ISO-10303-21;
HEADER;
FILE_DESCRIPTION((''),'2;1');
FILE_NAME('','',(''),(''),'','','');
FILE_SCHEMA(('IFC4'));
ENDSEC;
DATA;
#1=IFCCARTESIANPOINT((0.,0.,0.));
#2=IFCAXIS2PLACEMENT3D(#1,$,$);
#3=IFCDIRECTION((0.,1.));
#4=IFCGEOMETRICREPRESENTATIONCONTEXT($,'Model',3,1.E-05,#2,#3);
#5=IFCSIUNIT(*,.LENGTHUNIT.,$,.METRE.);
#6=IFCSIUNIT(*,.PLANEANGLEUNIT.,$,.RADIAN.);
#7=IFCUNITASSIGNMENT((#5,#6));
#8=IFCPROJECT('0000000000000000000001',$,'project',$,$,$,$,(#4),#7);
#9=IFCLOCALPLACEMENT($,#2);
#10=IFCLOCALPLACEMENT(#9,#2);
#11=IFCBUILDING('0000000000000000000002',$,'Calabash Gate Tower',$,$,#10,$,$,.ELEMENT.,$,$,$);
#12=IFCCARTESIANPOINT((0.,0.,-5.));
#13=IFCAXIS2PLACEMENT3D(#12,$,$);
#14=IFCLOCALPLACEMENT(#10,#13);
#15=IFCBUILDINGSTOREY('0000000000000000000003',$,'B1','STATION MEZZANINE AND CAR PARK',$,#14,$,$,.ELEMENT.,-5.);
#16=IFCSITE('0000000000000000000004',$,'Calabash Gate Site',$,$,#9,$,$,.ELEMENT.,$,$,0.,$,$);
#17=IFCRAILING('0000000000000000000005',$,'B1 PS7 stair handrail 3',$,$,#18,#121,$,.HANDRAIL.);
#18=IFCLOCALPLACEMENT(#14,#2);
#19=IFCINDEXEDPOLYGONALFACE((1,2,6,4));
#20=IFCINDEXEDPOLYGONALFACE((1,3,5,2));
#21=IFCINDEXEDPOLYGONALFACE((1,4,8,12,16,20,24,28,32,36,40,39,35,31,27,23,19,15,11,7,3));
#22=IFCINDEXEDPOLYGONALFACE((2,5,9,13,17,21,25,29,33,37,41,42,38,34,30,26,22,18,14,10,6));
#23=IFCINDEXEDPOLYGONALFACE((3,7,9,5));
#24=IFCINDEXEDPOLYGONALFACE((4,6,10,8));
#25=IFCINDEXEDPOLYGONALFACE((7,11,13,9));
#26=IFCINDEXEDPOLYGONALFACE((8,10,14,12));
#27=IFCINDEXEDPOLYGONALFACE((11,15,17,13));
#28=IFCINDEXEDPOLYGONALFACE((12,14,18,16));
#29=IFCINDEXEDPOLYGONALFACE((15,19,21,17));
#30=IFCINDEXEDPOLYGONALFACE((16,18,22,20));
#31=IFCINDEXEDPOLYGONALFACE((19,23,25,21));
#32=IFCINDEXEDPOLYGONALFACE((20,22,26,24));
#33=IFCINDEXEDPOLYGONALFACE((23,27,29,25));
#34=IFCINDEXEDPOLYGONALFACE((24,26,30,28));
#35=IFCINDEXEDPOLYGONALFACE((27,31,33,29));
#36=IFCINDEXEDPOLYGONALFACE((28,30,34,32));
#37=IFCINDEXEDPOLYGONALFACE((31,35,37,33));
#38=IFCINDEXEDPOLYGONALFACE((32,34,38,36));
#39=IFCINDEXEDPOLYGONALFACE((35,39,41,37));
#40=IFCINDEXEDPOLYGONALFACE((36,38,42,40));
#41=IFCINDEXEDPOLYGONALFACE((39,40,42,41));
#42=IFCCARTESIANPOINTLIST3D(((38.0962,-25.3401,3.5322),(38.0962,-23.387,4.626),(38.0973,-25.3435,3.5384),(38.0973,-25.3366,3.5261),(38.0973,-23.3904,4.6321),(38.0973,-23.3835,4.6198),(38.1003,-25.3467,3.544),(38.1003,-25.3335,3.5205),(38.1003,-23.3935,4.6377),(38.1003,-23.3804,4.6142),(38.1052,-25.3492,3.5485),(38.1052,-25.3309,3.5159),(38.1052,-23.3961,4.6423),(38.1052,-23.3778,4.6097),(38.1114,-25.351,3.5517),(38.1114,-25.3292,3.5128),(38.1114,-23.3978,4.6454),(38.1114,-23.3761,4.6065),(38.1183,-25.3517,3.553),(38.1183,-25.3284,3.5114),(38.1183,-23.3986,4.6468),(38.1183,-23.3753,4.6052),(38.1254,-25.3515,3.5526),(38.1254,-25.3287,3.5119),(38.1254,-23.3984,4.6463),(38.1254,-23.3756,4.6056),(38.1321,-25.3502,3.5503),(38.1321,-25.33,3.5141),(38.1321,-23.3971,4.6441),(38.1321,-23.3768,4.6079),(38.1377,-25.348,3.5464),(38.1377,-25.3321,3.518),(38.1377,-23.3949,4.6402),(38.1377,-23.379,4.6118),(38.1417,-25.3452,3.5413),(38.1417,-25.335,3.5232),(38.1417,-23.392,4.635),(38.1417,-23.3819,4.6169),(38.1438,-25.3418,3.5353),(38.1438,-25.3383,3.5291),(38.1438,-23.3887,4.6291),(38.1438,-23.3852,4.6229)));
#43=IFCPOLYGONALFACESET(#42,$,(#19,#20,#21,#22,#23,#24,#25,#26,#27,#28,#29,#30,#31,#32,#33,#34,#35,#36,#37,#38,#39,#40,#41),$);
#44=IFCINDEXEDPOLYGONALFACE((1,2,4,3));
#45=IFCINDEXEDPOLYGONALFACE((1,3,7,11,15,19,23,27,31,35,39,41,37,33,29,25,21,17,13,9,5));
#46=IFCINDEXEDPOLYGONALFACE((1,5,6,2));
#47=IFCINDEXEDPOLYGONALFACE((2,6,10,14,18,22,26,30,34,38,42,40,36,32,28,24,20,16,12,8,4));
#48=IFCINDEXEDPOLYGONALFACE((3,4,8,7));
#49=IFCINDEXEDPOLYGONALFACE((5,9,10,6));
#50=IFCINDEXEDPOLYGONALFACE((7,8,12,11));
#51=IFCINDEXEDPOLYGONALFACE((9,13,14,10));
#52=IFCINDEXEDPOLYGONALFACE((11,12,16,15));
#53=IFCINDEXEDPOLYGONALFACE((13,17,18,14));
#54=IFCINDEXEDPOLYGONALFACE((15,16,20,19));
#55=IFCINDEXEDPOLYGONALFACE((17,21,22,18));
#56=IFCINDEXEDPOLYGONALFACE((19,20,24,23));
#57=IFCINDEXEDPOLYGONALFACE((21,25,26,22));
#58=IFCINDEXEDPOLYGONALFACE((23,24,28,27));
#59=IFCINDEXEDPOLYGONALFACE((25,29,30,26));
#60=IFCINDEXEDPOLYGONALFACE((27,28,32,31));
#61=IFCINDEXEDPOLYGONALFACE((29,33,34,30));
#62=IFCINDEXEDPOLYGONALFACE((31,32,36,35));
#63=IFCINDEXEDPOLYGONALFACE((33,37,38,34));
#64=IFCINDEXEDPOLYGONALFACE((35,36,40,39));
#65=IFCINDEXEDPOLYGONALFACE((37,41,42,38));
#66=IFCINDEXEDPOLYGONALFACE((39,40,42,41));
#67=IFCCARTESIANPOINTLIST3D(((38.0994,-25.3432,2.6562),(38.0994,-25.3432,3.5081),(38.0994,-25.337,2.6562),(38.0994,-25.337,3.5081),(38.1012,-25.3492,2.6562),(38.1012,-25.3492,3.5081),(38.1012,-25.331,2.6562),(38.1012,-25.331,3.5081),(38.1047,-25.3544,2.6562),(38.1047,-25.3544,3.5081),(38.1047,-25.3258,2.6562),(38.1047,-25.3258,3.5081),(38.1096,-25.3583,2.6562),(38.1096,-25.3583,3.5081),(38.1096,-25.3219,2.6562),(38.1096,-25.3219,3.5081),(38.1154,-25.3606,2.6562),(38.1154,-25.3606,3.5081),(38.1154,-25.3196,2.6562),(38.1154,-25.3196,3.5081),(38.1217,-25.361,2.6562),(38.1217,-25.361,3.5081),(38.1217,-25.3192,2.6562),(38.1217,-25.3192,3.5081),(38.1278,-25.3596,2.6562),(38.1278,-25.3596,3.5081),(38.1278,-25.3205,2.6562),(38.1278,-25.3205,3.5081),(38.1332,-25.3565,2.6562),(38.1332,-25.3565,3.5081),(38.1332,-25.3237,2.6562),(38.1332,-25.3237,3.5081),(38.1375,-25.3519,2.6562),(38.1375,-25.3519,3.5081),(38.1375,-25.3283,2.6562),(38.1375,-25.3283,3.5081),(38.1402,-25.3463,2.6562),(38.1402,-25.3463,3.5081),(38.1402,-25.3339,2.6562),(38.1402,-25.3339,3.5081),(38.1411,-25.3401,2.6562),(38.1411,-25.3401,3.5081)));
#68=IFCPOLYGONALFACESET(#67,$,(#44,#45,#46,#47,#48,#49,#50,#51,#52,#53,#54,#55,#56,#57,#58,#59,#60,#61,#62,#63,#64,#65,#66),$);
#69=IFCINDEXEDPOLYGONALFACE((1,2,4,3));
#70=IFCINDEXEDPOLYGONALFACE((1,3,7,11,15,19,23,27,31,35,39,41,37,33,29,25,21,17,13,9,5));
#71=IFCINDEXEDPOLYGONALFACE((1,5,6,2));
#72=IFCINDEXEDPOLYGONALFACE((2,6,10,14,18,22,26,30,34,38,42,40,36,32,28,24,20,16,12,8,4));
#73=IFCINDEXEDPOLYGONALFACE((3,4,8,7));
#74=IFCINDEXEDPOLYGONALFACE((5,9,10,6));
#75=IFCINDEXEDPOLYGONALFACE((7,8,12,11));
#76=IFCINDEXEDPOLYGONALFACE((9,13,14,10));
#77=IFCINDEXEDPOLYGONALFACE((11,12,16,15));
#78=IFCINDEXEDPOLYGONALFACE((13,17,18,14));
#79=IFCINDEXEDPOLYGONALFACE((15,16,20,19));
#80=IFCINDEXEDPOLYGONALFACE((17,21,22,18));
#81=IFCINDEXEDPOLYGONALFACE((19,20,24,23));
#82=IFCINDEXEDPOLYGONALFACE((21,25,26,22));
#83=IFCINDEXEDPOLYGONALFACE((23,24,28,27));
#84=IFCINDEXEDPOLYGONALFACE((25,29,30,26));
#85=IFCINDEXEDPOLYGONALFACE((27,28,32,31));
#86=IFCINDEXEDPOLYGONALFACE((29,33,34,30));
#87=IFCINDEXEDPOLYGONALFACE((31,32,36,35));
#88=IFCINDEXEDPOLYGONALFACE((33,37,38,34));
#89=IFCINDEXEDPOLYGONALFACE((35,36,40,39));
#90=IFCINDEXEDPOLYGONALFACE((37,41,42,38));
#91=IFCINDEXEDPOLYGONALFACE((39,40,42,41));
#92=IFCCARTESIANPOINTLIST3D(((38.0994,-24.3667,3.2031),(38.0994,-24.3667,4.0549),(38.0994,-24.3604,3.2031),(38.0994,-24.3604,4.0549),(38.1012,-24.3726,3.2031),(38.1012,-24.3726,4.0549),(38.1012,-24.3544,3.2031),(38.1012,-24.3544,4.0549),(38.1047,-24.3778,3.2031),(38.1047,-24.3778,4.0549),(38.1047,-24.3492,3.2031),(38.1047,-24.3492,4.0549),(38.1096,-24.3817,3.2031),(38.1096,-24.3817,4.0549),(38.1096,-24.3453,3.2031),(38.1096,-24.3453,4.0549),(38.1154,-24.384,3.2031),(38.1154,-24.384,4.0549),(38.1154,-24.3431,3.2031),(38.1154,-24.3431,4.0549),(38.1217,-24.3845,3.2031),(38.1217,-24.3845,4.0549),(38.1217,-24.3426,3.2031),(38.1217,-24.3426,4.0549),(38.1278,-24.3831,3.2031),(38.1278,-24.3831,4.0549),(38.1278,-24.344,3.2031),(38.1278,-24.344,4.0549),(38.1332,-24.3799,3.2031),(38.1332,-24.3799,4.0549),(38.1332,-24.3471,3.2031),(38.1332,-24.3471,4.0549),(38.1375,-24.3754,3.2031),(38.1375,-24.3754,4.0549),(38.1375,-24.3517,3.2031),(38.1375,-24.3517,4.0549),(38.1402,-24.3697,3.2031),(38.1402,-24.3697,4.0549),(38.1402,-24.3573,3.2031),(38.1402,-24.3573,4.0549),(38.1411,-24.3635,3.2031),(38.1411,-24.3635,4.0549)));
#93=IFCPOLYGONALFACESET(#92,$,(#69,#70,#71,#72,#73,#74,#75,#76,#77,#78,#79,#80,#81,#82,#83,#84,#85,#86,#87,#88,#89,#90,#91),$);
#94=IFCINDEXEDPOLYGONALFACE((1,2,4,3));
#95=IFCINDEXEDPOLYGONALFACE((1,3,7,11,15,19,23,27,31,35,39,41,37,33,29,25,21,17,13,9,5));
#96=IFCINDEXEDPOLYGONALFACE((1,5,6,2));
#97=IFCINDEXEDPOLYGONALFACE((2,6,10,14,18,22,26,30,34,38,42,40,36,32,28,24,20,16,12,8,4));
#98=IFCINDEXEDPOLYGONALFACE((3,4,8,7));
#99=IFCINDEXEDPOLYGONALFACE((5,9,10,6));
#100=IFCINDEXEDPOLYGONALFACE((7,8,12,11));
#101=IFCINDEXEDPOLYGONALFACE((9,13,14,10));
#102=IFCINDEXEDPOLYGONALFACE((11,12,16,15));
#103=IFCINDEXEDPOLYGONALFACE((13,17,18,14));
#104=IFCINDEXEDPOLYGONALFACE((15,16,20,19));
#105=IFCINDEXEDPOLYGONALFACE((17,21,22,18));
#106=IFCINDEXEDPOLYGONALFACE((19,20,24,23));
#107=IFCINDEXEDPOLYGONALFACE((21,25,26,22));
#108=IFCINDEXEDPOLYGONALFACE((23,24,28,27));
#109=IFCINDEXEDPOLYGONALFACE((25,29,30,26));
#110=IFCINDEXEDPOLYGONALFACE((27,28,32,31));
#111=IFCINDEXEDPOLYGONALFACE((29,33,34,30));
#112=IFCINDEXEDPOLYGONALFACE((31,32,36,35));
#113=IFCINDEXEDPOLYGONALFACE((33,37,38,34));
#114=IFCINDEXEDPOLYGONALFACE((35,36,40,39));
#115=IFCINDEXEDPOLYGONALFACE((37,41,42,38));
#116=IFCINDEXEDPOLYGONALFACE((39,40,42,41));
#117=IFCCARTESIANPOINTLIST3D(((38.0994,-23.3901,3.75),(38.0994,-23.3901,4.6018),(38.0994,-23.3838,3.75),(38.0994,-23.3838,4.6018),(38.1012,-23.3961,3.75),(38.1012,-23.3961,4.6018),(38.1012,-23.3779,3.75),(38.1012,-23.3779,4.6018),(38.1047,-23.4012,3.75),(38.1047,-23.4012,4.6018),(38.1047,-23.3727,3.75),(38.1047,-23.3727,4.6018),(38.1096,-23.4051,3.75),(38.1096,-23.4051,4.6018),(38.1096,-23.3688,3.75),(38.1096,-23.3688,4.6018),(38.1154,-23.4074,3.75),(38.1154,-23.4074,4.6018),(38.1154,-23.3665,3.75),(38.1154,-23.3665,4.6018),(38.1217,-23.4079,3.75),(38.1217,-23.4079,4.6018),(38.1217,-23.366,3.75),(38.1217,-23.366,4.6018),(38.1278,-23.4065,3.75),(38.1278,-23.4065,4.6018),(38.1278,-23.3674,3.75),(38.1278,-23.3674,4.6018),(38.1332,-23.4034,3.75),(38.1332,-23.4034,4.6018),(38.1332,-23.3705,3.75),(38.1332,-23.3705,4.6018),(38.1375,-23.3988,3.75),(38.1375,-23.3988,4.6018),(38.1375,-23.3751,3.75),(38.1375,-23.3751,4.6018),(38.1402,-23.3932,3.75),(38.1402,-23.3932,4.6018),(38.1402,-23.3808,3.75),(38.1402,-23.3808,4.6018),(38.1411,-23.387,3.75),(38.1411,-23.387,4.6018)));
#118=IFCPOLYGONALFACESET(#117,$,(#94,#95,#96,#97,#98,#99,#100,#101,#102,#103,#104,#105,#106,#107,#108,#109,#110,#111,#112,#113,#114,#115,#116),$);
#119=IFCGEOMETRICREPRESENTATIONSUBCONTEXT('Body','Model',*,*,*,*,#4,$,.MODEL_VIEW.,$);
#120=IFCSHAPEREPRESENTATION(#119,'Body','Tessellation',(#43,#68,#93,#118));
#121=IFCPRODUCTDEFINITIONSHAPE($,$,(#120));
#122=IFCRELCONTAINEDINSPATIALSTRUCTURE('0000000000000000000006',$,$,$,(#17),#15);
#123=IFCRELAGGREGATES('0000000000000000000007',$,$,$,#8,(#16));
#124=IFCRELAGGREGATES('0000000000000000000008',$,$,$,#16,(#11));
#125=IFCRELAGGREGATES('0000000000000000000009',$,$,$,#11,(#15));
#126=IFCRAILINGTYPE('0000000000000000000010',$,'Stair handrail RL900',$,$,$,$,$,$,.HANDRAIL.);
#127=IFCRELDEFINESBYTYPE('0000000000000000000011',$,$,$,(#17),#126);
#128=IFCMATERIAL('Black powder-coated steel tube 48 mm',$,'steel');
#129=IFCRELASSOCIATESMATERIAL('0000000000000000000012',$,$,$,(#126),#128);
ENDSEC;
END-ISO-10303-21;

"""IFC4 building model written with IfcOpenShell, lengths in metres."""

from ifc_helpers import new_model, si_unit, direction, frame, origin, origin_2d, place, context, subcontext, project, spatial, circle, extrude, material, type_object, element, save


model = new_model("IFC4")

# Units and contexts
model_context = context("Model", 3, precision=1e-05, world=origin(), true_north=direction((0.0, 1.0)))
body_context = subcontext(model_context, "Body", "Model", "MODEL_VIEW")
ifc_project = project(units=[si_unit("LENGTHUNIT", "METRE"), si_unit("PLANEANGLEUNIT", "RADIAN")], contexts=[model_context])

# Site, building, storey
site_placement = place(None, origin())
site = spatial("IfcSite", under=ifc_project, at=site_placement, Name="Calabash Gate Site", CompositionType="ELEMENT", RefElevation=0.0)
building_placement = place(site_placement, origin())
building = spatial("IfcBuilding", under=site, at=building_placement, Name="Calabash Gate Tower", CompositionType="ELEMENT")
storey_placement = place(building_placement, frame((0.0, 0.0, -5.0)))
storey = spatial("IfcBuildingStorey", under=building, at=storey_placement, Name="B1", Description="STATION MEZZANINE AND CAR PARK", CompositionType="ELEMENT", Elevation=-5.0)

# Railing
ifc_material_1 = material(Name="Black powder-coated steel tube 48 mm", Category="steel")
railing_type_1 = type_object("IfcRailingType", Name="Stair handrail RL900", PredefinedType="HANDRAIL", material=ifc_material_1)
for number, where, name in (
    (1, (38.1201, -25.3401, 2.6562), "B1 PS7 stair handrail 3"),
):
    element("IfcRailing", number, at=place(storey_placement, frame(where)), inside=storey, type_object=railing_type_1, Name=name, PredefinedType="HANDRAIL", context=body_context, shape_type="SweptSolid", body=[
        extrude(circle(Radius=0.0239, at=origin_2d()), frame((0.0, 0.0, 0.876), z_axis=(0.0, 0.872506, 0.488603), x_axis=(-1.0, 0.0, 0.0)), (0.0, 0.0, 1.0), 2.2385),
        extrude(circle(Radius=0.021, at=origin_2d()), origin(), (0.0, 0.0, 1.0), 0.8518),
        extrude(circle(Radius=0.021, at=origin_2d()), frame((0.0, 0.9766, 0.5469)), (0.0, 0.0, 1.0), 0.8518),
        extrude(circle(Radius=0.021, at=origin_2d()), frame((0.0, 1.9531, 1.0938)), (0.0, 0.0, 1.0), 0.8518),
    ])

save(model, "model.ifc")
